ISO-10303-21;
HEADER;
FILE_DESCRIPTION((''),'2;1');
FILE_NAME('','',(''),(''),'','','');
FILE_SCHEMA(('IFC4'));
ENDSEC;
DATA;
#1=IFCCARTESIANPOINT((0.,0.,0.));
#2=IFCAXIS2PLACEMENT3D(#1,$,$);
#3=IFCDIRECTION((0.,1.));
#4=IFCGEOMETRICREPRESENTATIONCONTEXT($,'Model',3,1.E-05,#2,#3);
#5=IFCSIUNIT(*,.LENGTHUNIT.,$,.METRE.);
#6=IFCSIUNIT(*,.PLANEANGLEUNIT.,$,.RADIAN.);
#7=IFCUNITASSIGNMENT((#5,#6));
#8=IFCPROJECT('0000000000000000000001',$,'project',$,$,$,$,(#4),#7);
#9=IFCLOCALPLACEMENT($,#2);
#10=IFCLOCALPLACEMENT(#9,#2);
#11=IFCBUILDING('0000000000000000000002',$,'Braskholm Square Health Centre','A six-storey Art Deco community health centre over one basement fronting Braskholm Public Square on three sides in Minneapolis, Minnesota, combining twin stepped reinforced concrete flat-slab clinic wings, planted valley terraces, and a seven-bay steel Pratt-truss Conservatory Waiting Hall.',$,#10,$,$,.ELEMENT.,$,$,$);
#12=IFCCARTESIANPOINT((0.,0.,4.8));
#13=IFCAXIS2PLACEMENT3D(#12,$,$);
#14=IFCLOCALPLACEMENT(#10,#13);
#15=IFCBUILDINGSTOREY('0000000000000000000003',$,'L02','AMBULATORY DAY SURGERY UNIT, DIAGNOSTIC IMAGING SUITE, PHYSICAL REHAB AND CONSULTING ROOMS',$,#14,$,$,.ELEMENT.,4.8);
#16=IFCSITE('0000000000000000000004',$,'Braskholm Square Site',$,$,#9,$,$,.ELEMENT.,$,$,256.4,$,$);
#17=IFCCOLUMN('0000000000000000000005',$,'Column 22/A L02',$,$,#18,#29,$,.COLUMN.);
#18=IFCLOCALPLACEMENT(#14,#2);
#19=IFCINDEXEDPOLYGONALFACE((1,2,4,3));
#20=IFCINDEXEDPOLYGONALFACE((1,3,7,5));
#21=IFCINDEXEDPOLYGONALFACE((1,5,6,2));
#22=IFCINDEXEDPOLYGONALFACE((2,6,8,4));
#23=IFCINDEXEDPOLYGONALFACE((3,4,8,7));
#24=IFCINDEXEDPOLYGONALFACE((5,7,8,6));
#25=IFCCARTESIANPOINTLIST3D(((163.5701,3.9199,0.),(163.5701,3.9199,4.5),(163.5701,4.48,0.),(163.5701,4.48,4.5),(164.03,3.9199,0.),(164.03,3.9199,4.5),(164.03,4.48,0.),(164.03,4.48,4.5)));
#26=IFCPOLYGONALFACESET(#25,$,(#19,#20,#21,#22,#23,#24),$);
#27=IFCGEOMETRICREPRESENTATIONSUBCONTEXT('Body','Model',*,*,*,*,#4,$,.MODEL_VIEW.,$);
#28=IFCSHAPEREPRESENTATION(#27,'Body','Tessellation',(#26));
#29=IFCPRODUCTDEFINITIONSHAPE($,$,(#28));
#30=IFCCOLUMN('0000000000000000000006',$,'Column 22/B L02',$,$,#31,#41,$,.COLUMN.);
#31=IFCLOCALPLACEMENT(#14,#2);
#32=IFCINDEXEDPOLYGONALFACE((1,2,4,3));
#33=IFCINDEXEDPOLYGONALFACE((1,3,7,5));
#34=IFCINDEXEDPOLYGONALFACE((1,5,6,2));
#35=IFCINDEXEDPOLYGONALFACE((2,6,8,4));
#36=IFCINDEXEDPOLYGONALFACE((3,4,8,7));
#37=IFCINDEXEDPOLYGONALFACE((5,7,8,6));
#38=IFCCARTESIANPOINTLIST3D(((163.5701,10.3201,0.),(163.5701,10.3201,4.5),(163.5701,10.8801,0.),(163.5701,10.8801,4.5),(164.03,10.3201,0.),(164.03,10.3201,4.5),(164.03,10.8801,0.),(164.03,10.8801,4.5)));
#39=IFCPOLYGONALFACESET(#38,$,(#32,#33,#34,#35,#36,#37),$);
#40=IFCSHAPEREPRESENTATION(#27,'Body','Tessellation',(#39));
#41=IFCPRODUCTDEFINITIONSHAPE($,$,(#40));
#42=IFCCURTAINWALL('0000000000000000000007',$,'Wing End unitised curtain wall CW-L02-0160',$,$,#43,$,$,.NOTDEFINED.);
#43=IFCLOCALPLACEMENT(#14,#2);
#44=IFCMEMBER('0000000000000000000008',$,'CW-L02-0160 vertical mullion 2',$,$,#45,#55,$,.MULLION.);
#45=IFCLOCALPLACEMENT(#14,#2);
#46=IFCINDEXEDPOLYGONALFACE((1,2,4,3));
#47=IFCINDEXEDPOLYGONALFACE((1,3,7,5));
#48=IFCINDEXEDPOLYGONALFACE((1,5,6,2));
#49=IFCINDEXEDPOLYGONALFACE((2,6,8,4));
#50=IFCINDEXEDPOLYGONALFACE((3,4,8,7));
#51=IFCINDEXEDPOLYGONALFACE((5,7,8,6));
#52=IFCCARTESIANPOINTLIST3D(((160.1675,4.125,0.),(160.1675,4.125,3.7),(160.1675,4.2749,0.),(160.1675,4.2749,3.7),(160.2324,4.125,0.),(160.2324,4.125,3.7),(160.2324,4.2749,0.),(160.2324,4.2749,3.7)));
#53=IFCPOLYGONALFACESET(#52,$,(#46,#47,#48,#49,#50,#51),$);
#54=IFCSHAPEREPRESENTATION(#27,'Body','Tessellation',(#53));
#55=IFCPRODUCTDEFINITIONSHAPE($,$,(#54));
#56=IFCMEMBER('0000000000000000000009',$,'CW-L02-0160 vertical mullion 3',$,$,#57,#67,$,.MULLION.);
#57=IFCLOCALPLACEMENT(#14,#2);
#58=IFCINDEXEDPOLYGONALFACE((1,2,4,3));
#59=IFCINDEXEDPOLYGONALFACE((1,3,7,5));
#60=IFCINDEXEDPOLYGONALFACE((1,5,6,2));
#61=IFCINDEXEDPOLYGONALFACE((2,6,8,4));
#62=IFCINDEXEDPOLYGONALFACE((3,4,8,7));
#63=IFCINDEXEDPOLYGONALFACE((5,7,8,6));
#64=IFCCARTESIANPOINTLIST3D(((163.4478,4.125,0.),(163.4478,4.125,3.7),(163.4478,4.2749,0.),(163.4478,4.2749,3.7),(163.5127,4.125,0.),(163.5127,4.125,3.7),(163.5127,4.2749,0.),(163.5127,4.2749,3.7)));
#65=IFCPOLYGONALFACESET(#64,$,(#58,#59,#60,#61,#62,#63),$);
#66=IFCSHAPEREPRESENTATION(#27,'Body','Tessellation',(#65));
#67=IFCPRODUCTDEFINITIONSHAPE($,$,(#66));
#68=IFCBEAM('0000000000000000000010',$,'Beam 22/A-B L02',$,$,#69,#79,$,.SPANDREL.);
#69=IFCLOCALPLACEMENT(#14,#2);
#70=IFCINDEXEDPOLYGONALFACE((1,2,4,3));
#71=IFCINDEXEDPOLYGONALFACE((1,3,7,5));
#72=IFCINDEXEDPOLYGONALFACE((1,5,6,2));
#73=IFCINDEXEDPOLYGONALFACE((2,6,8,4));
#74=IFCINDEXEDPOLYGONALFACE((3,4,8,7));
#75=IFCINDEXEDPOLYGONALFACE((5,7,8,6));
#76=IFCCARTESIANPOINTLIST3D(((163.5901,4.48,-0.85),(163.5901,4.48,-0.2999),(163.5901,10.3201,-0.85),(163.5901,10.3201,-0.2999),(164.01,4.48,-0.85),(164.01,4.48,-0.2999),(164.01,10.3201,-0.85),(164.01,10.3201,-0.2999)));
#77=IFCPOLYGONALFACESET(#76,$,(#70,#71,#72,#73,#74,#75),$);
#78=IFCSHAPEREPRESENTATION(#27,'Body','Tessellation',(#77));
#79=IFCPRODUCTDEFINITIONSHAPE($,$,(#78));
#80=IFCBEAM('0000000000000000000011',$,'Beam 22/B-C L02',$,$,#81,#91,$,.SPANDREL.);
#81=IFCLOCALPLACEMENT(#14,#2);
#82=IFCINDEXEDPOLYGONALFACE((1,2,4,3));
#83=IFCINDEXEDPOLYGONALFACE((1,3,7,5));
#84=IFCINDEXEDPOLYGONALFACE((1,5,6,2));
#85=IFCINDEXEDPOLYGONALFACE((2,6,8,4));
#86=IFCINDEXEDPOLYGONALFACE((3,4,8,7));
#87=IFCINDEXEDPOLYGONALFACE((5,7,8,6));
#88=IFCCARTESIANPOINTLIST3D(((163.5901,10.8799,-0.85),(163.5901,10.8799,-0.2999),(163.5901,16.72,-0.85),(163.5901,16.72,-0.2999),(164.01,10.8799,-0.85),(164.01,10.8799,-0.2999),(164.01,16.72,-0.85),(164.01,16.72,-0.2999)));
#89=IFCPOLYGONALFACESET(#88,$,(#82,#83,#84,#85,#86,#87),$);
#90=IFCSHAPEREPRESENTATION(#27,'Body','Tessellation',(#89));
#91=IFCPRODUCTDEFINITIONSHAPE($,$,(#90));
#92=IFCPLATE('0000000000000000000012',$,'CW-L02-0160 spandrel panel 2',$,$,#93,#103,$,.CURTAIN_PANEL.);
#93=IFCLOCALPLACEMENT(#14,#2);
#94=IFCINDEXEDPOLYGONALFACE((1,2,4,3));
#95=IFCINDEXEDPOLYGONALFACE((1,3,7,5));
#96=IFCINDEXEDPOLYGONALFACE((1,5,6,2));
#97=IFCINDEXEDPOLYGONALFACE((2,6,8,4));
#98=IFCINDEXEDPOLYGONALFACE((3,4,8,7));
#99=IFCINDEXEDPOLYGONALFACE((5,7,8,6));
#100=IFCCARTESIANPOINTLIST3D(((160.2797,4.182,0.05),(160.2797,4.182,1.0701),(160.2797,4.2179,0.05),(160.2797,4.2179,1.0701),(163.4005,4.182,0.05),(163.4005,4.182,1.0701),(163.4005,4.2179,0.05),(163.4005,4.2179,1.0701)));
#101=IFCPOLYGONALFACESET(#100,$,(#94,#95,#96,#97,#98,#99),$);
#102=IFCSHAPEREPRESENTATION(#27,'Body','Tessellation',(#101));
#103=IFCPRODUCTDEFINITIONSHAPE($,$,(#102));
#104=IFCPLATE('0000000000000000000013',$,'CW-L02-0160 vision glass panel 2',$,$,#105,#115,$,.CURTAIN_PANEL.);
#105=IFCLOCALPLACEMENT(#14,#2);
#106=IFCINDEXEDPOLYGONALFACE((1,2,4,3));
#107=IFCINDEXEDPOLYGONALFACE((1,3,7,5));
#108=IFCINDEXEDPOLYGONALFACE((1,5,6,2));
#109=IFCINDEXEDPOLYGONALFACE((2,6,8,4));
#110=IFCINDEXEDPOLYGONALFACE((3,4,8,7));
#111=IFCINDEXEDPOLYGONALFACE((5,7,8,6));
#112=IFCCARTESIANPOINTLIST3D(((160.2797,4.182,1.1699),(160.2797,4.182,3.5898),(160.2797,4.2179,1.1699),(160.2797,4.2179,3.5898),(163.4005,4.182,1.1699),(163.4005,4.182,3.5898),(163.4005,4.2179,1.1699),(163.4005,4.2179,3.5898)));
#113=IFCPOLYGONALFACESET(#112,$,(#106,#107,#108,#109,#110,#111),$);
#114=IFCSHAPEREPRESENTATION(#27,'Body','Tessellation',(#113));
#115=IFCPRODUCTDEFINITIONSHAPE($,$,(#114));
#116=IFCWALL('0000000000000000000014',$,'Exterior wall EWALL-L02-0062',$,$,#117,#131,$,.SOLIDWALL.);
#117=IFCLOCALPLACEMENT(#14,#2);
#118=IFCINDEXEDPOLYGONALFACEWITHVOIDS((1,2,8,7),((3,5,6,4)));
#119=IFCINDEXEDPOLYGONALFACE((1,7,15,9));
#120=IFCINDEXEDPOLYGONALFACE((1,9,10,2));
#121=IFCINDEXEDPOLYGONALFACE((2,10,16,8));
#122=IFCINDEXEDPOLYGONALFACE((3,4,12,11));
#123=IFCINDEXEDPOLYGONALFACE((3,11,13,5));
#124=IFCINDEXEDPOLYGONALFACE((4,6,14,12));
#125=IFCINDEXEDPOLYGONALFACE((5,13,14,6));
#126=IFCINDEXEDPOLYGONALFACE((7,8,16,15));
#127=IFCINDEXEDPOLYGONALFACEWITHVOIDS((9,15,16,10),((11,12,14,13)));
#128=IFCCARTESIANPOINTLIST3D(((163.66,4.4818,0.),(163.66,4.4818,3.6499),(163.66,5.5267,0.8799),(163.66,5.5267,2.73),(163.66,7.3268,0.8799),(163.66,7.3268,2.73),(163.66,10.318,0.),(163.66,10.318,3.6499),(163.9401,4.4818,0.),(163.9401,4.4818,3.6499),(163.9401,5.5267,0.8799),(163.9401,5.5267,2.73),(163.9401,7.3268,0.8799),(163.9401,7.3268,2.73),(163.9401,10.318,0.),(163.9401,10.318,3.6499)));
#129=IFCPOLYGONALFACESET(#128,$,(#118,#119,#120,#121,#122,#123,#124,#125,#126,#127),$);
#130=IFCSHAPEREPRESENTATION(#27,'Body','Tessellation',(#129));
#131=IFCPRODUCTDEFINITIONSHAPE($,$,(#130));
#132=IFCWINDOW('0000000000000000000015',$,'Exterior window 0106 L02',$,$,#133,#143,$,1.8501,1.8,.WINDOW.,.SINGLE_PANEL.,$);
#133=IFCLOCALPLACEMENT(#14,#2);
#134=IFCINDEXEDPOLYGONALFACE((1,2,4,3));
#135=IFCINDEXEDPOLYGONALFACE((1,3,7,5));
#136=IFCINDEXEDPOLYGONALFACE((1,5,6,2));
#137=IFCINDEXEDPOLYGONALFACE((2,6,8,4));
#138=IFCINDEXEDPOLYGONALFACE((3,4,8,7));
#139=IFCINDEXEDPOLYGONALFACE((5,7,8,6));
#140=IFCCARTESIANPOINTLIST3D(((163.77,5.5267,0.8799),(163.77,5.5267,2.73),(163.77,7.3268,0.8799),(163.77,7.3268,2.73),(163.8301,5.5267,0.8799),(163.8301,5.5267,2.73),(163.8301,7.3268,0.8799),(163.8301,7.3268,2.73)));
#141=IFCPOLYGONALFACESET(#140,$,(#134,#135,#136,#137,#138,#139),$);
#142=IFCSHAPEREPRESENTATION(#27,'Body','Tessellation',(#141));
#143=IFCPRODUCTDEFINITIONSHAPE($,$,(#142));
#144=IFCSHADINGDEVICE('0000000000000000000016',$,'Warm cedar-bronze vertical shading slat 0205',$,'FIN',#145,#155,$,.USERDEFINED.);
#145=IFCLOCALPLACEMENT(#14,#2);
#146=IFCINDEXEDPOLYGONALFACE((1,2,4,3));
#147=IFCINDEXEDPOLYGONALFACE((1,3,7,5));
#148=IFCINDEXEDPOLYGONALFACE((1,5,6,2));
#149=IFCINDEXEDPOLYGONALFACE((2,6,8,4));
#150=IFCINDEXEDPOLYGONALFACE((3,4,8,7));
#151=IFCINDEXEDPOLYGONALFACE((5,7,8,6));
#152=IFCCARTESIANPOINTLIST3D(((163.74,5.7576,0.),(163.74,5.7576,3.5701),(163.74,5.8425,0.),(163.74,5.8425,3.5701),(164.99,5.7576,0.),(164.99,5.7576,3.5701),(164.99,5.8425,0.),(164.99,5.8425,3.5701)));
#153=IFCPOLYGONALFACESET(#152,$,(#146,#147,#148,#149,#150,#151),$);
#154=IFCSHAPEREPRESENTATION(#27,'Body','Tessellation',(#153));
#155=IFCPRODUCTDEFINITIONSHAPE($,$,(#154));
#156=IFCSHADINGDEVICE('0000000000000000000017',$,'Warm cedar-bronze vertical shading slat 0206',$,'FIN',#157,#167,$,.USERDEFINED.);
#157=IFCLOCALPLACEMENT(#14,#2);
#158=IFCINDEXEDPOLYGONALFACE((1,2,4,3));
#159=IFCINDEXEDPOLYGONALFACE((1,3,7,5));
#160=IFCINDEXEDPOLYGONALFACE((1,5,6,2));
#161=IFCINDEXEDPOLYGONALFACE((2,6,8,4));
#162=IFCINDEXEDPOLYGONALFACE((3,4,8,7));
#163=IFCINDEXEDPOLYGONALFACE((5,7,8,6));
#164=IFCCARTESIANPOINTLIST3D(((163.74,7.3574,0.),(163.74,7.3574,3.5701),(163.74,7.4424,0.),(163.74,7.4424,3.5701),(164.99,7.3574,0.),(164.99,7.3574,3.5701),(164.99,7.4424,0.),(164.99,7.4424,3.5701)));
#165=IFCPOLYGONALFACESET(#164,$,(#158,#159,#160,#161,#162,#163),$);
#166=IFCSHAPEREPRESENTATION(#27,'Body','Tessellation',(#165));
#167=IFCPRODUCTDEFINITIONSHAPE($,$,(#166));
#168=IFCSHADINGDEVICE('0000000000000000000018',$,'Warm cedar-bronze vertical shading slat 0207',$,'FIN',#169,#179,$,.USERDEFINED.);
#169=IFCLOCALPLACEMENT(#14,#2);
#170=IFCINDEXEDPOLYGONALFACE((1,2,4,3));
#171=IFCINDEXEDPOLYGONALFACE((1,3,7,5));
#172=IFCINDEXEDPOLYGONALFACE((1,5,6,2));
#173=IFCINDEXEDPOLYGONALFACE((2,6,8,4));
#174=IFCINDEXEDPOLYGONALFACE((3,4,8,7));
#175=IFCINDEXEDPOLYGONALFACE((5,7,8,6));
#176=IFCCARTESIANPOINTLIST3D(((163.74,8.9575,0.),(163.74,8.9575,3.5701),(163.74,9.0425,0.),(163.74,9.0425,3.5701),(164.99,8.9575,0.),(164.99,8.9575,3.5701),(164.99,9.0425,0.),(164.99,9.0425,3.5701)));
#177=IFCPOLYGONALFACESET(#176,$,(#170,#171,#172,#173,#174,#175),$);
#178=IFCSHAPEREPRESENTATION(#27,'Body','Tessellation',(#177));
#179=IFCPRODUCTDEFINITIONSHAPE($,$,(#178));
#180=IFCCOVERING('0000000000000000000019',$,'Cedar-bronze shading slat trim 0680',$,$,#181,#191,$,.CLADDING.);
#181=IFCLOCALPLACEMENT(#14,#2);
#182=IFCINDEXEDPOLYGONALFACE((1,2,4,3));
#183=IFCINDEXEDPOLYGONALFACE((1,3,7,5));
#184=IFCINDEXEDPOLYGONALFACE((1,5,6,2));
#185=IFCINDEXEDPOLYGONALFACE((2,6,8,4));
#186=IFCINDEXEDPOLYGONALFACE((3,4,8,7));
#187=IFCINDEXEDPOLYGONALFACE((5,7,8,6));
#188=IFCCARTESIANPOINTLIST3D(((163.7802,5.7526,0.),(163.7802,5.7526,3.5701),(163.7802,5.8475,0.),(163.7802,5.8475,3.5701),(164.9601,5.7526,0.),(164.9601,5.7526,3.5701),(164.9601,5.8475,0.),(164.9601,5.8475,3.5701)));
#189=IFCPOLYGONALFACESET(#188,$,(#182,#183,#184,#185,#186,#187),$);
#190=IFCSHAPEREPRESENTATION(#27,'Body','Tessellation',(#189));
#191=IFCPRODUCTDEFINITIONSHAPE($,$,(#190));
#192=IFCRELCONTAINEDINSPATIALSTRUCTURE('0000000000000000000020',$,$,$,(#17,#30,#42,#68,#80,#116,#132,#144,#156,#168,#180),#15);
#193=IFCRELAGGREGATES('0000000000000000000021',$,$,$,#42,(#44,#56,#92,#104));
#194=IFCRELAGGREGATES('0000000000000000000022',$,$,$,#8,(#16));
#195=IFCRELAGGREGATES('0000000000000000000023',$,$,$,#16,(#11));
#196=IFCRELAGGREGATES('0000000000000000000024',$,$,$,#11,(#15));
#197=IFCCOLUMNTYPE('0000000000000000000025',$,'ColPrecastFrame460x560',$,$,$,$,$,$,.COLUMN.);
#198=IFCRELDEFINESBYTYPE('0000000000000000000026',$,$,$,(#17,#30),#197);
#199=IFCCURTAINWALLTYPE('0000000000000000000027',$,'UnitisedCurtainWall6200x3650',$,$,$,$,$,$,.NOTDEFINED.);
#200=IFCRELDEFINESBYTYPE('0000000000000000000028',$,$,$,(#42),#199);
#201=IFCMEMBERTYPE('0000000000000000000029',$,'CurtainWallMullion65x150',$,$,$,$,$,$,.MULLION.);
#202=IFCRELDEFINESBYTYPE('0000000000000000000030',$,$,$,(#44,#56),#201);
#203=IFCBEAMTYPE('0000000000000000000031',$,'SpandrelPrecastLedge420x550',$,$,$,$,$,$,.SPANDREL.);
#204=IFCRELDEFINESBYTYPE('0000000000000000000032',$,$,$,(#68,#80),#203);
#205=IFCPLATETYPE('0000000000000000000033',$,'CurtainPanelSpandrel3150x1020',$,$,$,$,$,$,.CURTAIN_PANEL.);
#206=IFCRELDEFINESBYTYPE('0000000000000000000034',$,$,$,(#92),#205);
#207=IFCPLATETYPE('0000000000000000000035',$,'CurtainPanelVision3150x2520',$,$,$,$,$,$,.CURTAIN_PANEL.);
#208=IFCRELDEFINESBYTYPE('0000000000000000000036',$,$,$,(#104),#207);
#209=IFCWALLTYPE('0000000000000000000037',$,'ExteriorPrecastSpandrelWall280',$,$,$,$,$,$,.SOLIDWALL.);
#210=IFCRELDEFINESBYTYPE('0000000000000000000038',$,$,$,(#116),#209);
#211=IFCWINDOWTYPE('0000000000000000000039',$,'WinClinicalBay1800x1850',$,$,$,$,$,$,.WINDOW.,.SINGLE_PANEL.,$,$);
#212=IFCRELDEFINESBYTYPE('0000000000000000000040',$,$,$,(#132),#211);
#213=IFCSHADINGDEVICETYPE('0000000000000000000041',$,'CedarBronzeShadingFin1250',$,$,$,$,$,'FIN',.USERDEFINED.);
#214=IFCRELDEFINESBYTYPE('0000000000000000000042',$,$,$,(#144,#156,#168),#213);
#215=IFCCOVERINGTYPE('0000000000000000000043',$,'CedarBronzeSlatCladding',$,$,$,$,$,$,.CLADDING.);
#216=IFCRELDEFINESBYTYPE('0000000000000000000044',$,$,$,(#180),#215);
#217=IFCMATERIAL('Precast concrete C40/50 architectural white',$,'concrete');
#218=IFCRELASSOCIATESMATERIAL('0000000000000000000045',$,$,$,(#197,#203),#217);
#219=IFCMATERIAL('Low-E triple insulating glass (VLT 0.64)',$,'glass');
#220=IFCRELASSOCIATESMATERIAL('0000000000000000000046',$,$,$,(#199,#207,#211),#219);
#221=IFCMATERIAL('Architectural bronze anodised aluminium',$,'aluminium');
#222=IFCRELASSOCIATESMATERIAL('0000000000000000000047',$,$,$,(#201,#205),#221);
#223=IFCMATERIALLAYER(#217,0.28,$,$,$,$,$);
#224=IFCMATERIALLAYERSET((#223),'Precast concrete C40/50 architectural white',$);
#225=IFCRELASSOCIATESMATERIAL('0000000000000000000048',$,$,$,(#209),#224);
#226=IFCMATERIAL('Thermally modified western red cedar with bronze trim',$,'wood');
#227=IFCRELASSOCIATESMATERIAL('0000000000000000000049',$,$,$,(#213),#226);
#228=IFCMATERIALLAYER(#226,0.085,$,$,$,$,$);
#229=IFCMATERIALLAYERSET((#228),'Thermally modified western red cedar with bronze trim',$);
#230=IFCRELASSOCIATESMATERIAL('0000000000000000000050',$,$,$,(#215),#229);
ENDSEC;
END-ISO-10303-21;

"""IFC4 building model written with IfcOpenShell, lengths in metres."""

from ifc_helpers import new_model, si_unit, direction, frame, frame_2d, origin, origin_with_axes, origin_2d, place, context, subcontext, project, spatial, rectangle, extrude, material, layer, layer_set, material_profile, profile_set, type_object, element, fill, aggregate, save


model = new_model("IFC4")

# Units and contexts
model_context = context("Model", 3, precision=1e-05, world=origin(), true_north=direction((0.0, 1.0)))
body_context = subcontext(model_context, "Body", "Model", "MODEL_VIEW")
ifc_project = project(units=[si_unit("LENGTHUNIT", "METRE"), si_unit("PLANEANGLEUNIT", "RADIAN")], contexts=[model_context])

# Site, building, storey
site_placement = place(None, origin())
site = spatial("IfcSite", under=ifc_project, at=site_placement, Name="Braskholm Square Site", CompositionType="ELEMENT", RefElevation=256.4)
building_placement = place(site_placement, origin())
building = spatial("IfcBuilding", under=site, at=building_placement, Name="Braskholm Square Health Centre", Description="A six-storey Art Deco community health centre over one basement fronting Braskholm Public Square on three sides in Minneapolis, Minnesota, combining twin stepped reinforced concrete flat-slab clinic wings, planted valley terraces, and a seven-bay steel Pratt-truss Conservatory Waiting Hall.", CompositionType="ELEMENT")
storey_placement = place(building_placement, frame((0.0, 0.0, 4.8)))
storey = spatial("IfcBuildingStorey", under=building, at=storey_placement, Name="L02", Description="AMBULATORY DAY SURGERY UNIT, DIAGNOSTIC IMAGING SUITE, PHYSICAL REHAB AND CONSULTING ROOMS", CompositionType="ELEMENT", Elevation=4.8)

# Columns
ifc_material_1 = material(Name="Precast concrete C40/50 architectural white", Category="concrete")
ifc_material_profile_1 = material_profile(ifc_material_1, rectangle(XDim=0.46, YDim=0.5601, at=origin_2d()), Name="RC-460X560")
ifc_profile_set_1 = profile_set([ifc_material_profile_1], Name="Precast concrete C40/50 architectural white")
column_type = type_object("IfcColumnType", Name="ColPrecastFrame460x560", PredefinedType="COLUMN", material=ifc_profile_set_1)
for number, where, z_axis, x_axis, name in (
    (1, (163.8, 4.2, 0.0), (0.0, 0.0, 1.0), (1.0, 0.0, 0.0), "Column 22/A L02"),
    (2, (163.8, 10.6001, 0.0), (0.0, 0.0, 1.0), (1.0, 0.0, 0.0), "Column 22/B L02"),
):
    element("IfcColumn", number, at=place(storey_placement, frame(where, z_axis=z_axis, x_axis=x_axis)), inside=storey, type_object=column_type, Name=name, PredefinedType="COLUMN", context=body_context, shape_type="SweptSolid", body=[
        extrude(rectangle(XDim=0.46, YDim=0.5601, at=origin_2d()), origin(), (0.0, 0.0, 1.0), 4.5),
    ])

# Curtain wall, members
ifc_material_2 = material(Name="Low-E triple insulating glass (VLT 0.64)", Category="glass")
curtain_wall_type = type_object("IfcCurtainWallType", Name="UnitisedCurtainWall6200x3650", PredefinedType="NOTDEFINED", material=ifc_material_2)
curtain_wall_placement = place(storey_placement, origin())
curtain_wall = element("IfcCurtainWall", 3, at=curtain_wall_placement, inside=storey, type_object=curtain_wall_type, Name="Wing End unitised curtain wall CW-L02-0160", PredefinedType="NOTDEFINED")
ifc_material_3 = material(Name="Architectural bronze anodised aluminium", Category="aluminium")
ifc_material_profile_2 = material_profile(ifc_material_3, rectangle(XDim=0.0649, YDim=0.1499, at=origin_2d()), Name="ALU-65X150")
ifc_profile_set_2 = profile_set([ifc_material_profile_2], Name="Architectural bronze anodised aluminium")
member_type = type_object("IfcMemberType", Name="CurtainWallMullion65x150", PredefinedType="MULLION", material=ifc_profile_set_2)
member_1_placement = place(storey_placement, frame((160.2, 4.2, 0.0), z_axis=(0.0, 0.0, 1.0), x_axis=(1.0, 0.0, 0.0)))
member_1 = element("IfcMember", 4, at=member_1_placement, type_object=member_type, Name="CW-L02-0160 vertical mullion 2", PredefinedType="MULLION", context=body_context, shape_type="SweptSolid", body=[
    extrude(rectangle(XDim=0.0649, YDim=0.1499, at=origin_2d()), origin(), (0.0, 0.0, 1.0), 3.7),
])
member_2_placement = place(storey_placement, frame((163.4802, 4.2, 0.0), z_axis=(0.0, 0.0, 1.0), x_axis=(1.0, 0.0, 0.0)))
member_2 = element("IfcMember", 5, at=member_2_placement, type_object=member_type, Name="CW-L02-0160 vertical mullion 3", PredefinedType="MULLION", context=body_context, shape_type="SweptSolid", body=[
    extrude(rectangle(XDim=0.0649, YDim=0.1499, at=origin_2d()), origin(), (0.0, 0.0, 1.0), 3.7),
])

# Beams
ifc_material_profile_3 = material_profile(ifc_material_1, rectangle(XDim=0.4199, YDim=0.55, at=origin_2d()), Name="RCB-420X550")
ifc_profile_set_3 = profile_set([ifc_material_profile_3], Name="Precast concrete C40/50 architectural white")
beam_type = type_object("IfcBeamType", Name="SpandrelPrecastLedge420x550", PredefinedType="SPANDREL", material=ifc_profile_set_3)
for number, where, z_axis, x_axis, name in (
    (6, (163.8, 4.48, -0.575), (0.0, 1.0, 0.0), (-1.0, 0.0, 0.0), "Beam 22/A-B L02"),
    (7, (163.8, 10.8799, -0.575), (0.0, 1.0, 0.0), (-1.0, 0.0, 0.0), "Beam 22/B-C L02"),
):
    element("IfcBeam", number, at=place(storey_placement, frame(where, z_axis=z_axis, x_axis=x_axis)), inside=storey, type_object=beam_type, Name=name, PredefinedType="SPANDREL", context=body_context, shape_type="SweptSolid", body=[
        extrude(rectangle(XDim=0.4199, YDim=0.55, at=origin_2d()), origin(), (0.0, 0.0, 1.0), 5.8401),
    ])

# Plates
plate_type_1 = type_object("IfcPlateType", Name="CurtainPanelSpandrel3150x1020", PredefinedType="CURTAIN_PANEL", material=ifc_material_3)
plate_1_placement = place(storey_placement, frame((161.8401, 4.2, 0.05), z_axis=(0.0, 0.0, 1.0), x_axis=(1.0, 0.0, 0.0)))
plate_1 = element("IfcPlate", 8, at=plate_1_placement, type_object=plate_type_1, Name="CW-L02-0160 spandrel panel 2", PredefinedType="CURTAIN_PANEL", context=body_context, shape_type="SweptSolid", body=[
    extrude(rectangle(XDim=3.1208, YDim=0.0359, at=origin_2d()), origin(), (0.0, 0.0, 1.0), 1.02),
])
plate_type_2 = type_object("IfcPlateType", Name="CurtainPanelVision3150x2520", PredefinedType="CURTAIN_PANEL", material=ifc_material_2)
plate_2_placement = place(storey_placement, frame((161.8401, 4.2, 1.1699), z_axis=(0.0, 0.0, 1.0), x_axis=(1.0, 0.0, 0.0)))
plate_2 = element("IfcPlate", 9, at=plate_2_placement, type_object=plate_type_2, Name="CW-L02-0160 vision glass panel 2", PredefinedType="CURTAIN_PANEL", context=body_context, shape_type="SweptSolid", body=[
    extrude(rectangle(XDim=3.1208, YDim=0.0359, at=origin_2d()), origin(), (0.0, 0.0, 1.0), 2.4199),
])
aggregate(curtain_wall, [member_1, member_2, plate_1, plate_2])

# Wall, opening, window
ifc_layer_1 = layer(ifc_material_1, 0.28)
ifc_layer_set_1 = layer_set([ifc_layer_1], Name="Precast concrete C40/50 architectural white")
wall_type = type_object("IfcWallType", Name="ExteriorPrecastSpandrelWall280", PredefinedType="SOLIDWALL", material=ifc_layer_set_1)
wall_placement = place(storey_placement, frame((163.8, 4.4819, 0.0), z_axis=(0.0, 0.0, 1.0), x_axis=(0.0, 1.0, 0.0)))
wall = element("IfcWall", 10, at=wall_placement, inside=storey, type_object=wall_type, Name="Exterior wall EWALL-L02-0062", PredefinedType="SOLIDWALL", context=body_context, shape_type="SweptSolid", body=[
    extrude(rectangle(XDim=5.8362, YDim=0.28, at=frame_2d((2.918, 0.0))), origin(), (0.0, 0.0, 1.0), 3.6499),
])
opening_placement = place(wall_placement, frame((1.0449, 0.0, 0.8799)))
opening = element("IfcOpeningElement", 11, at=opening_placement, cuts=wall, PredefinedType="OPENING", context=body_context, shape_type="SweptSolid", body=[
    extrude(rectangle(XDim=1.8, YDim=1.8501, at=frame_2d((0.8999, 0.925))), frame((0.0, 0.1499, 0.0), z_axis=(0.0, -1.0, 0.0), x_axis=(1.0, 0.0, 0.0)), (0.0, 0.0, 1.0), 0.3),
])
window_type = type_object("IfcWindowType", Name="WinClinicalBay1800x1850", PartitioningType="SINGLE_PANEL", PredefinedType="WINDOW", material=ifc_material_2)
window_placement = place(opening_placement, origin_with_axes())
window = element("IfcWindow", 12, at=window_placement, inside=storey, type_object=window_type, Name="Exterior window 0106 L02", OverallHeight=1.8501, OverallWidth=1.8, PartitioningType="SINGLE_PANEL", PredefinedType="WINDOW", context=body_context, shape_type="SweptSolid", body=[
    extrude(rectangle(XDim=1.8, YDim=1.8501, at=frame_2d((0.8999, 0.925))), frame((0.0, 0.03, 0.0), z_axis=(0.0, -1.0, 0.0), x_axis=(1.0, 0.0, 0.0)), (0.0, 0.0, 1.0), 0.0601),
])
fill(opening, window)

# Shading devices
ifc_material_4 = material(Name="Thermally modified western red cedar with bronze trim", Category="wood")
shading_device_type = type_object("IfcShadingDeviceType", Name="CedarBronzeShadingFin1250", ElementType="FIN", PredefinedType="USERDEFINED", material=ifc_material_4)
for number, where, z_axis, x_axis, name in (
    (13, (164.365, 5.8, 0.0), (0.0, 0.0, 1.0), (1.0, 0.0, 0.0), "Warm cedar-bronze vertical shading slat 0205"),
    (14, (164.365, 7.3999, 0.0), (0.0, 0.0, 1.0), (1.0, 0.0, 0.0), "Warm cedar-bronze vertical shading slat 0206"),
    (15, (164.365, 9.0, 0.0), (0.0, 0.0, 1.0), (1.0, 0.0, 0.0), "Warm cedar-bronze vertical shading slat 0207"),
):
    element("IfcShadingDevice", number, at=place(storey_placement, frame(where, z_axis=z_axis, x_axis=x_axis)), inside=storey, type_object=shading_device_type, Name=name, ObjectType="FIN", PredefinedType="USERDEFINED", context=body_context, shape_type="SweptSolid", body=[
        extrude(rectangle(XDim=1.25, YDim=0.085, at=origin_2d()), origin(), (0.0, 0.0, 1.0), 3.5701),
    ])

# Covering
ifc_layer_2 = layer(ifc_material_4, 0.085)
ifc_layer_set_2 = layer_set([ifc_layer_2], Name="Thermally modified western red cedar with bronze trim")
covering_type_1 = type_object("IfcCoveringType", Name="CedarBronzeSlatCladding", PredefinedType="CLADDING", material=ifc_layer_set_2)
for number, where, z_axis, x_axis, name in (
    (16, (164.3701, 5.8, 0.0), (0.0, 0.0, 1.0), (1.0, 0.0, 0.0), "Cedar-bronze shading slat trim 0680"),
):
    element("IfcCovering", number, at=place(storey_placement, frame(where, z_axis=z_axis, x_axis=x_axis)), inside=storey, type_object=covering_type_1, Name=name, PredefinedType="CLADDING", context=body_context, shape_type="SweptSolid", body=[
        extrude(rectangle(XDim=1.1799, YDim=0.095, at=origin_2d()), origin(), (0.0, 0.0, 1.0), 3.5701),
    ])

save(model, "model.ifc")
